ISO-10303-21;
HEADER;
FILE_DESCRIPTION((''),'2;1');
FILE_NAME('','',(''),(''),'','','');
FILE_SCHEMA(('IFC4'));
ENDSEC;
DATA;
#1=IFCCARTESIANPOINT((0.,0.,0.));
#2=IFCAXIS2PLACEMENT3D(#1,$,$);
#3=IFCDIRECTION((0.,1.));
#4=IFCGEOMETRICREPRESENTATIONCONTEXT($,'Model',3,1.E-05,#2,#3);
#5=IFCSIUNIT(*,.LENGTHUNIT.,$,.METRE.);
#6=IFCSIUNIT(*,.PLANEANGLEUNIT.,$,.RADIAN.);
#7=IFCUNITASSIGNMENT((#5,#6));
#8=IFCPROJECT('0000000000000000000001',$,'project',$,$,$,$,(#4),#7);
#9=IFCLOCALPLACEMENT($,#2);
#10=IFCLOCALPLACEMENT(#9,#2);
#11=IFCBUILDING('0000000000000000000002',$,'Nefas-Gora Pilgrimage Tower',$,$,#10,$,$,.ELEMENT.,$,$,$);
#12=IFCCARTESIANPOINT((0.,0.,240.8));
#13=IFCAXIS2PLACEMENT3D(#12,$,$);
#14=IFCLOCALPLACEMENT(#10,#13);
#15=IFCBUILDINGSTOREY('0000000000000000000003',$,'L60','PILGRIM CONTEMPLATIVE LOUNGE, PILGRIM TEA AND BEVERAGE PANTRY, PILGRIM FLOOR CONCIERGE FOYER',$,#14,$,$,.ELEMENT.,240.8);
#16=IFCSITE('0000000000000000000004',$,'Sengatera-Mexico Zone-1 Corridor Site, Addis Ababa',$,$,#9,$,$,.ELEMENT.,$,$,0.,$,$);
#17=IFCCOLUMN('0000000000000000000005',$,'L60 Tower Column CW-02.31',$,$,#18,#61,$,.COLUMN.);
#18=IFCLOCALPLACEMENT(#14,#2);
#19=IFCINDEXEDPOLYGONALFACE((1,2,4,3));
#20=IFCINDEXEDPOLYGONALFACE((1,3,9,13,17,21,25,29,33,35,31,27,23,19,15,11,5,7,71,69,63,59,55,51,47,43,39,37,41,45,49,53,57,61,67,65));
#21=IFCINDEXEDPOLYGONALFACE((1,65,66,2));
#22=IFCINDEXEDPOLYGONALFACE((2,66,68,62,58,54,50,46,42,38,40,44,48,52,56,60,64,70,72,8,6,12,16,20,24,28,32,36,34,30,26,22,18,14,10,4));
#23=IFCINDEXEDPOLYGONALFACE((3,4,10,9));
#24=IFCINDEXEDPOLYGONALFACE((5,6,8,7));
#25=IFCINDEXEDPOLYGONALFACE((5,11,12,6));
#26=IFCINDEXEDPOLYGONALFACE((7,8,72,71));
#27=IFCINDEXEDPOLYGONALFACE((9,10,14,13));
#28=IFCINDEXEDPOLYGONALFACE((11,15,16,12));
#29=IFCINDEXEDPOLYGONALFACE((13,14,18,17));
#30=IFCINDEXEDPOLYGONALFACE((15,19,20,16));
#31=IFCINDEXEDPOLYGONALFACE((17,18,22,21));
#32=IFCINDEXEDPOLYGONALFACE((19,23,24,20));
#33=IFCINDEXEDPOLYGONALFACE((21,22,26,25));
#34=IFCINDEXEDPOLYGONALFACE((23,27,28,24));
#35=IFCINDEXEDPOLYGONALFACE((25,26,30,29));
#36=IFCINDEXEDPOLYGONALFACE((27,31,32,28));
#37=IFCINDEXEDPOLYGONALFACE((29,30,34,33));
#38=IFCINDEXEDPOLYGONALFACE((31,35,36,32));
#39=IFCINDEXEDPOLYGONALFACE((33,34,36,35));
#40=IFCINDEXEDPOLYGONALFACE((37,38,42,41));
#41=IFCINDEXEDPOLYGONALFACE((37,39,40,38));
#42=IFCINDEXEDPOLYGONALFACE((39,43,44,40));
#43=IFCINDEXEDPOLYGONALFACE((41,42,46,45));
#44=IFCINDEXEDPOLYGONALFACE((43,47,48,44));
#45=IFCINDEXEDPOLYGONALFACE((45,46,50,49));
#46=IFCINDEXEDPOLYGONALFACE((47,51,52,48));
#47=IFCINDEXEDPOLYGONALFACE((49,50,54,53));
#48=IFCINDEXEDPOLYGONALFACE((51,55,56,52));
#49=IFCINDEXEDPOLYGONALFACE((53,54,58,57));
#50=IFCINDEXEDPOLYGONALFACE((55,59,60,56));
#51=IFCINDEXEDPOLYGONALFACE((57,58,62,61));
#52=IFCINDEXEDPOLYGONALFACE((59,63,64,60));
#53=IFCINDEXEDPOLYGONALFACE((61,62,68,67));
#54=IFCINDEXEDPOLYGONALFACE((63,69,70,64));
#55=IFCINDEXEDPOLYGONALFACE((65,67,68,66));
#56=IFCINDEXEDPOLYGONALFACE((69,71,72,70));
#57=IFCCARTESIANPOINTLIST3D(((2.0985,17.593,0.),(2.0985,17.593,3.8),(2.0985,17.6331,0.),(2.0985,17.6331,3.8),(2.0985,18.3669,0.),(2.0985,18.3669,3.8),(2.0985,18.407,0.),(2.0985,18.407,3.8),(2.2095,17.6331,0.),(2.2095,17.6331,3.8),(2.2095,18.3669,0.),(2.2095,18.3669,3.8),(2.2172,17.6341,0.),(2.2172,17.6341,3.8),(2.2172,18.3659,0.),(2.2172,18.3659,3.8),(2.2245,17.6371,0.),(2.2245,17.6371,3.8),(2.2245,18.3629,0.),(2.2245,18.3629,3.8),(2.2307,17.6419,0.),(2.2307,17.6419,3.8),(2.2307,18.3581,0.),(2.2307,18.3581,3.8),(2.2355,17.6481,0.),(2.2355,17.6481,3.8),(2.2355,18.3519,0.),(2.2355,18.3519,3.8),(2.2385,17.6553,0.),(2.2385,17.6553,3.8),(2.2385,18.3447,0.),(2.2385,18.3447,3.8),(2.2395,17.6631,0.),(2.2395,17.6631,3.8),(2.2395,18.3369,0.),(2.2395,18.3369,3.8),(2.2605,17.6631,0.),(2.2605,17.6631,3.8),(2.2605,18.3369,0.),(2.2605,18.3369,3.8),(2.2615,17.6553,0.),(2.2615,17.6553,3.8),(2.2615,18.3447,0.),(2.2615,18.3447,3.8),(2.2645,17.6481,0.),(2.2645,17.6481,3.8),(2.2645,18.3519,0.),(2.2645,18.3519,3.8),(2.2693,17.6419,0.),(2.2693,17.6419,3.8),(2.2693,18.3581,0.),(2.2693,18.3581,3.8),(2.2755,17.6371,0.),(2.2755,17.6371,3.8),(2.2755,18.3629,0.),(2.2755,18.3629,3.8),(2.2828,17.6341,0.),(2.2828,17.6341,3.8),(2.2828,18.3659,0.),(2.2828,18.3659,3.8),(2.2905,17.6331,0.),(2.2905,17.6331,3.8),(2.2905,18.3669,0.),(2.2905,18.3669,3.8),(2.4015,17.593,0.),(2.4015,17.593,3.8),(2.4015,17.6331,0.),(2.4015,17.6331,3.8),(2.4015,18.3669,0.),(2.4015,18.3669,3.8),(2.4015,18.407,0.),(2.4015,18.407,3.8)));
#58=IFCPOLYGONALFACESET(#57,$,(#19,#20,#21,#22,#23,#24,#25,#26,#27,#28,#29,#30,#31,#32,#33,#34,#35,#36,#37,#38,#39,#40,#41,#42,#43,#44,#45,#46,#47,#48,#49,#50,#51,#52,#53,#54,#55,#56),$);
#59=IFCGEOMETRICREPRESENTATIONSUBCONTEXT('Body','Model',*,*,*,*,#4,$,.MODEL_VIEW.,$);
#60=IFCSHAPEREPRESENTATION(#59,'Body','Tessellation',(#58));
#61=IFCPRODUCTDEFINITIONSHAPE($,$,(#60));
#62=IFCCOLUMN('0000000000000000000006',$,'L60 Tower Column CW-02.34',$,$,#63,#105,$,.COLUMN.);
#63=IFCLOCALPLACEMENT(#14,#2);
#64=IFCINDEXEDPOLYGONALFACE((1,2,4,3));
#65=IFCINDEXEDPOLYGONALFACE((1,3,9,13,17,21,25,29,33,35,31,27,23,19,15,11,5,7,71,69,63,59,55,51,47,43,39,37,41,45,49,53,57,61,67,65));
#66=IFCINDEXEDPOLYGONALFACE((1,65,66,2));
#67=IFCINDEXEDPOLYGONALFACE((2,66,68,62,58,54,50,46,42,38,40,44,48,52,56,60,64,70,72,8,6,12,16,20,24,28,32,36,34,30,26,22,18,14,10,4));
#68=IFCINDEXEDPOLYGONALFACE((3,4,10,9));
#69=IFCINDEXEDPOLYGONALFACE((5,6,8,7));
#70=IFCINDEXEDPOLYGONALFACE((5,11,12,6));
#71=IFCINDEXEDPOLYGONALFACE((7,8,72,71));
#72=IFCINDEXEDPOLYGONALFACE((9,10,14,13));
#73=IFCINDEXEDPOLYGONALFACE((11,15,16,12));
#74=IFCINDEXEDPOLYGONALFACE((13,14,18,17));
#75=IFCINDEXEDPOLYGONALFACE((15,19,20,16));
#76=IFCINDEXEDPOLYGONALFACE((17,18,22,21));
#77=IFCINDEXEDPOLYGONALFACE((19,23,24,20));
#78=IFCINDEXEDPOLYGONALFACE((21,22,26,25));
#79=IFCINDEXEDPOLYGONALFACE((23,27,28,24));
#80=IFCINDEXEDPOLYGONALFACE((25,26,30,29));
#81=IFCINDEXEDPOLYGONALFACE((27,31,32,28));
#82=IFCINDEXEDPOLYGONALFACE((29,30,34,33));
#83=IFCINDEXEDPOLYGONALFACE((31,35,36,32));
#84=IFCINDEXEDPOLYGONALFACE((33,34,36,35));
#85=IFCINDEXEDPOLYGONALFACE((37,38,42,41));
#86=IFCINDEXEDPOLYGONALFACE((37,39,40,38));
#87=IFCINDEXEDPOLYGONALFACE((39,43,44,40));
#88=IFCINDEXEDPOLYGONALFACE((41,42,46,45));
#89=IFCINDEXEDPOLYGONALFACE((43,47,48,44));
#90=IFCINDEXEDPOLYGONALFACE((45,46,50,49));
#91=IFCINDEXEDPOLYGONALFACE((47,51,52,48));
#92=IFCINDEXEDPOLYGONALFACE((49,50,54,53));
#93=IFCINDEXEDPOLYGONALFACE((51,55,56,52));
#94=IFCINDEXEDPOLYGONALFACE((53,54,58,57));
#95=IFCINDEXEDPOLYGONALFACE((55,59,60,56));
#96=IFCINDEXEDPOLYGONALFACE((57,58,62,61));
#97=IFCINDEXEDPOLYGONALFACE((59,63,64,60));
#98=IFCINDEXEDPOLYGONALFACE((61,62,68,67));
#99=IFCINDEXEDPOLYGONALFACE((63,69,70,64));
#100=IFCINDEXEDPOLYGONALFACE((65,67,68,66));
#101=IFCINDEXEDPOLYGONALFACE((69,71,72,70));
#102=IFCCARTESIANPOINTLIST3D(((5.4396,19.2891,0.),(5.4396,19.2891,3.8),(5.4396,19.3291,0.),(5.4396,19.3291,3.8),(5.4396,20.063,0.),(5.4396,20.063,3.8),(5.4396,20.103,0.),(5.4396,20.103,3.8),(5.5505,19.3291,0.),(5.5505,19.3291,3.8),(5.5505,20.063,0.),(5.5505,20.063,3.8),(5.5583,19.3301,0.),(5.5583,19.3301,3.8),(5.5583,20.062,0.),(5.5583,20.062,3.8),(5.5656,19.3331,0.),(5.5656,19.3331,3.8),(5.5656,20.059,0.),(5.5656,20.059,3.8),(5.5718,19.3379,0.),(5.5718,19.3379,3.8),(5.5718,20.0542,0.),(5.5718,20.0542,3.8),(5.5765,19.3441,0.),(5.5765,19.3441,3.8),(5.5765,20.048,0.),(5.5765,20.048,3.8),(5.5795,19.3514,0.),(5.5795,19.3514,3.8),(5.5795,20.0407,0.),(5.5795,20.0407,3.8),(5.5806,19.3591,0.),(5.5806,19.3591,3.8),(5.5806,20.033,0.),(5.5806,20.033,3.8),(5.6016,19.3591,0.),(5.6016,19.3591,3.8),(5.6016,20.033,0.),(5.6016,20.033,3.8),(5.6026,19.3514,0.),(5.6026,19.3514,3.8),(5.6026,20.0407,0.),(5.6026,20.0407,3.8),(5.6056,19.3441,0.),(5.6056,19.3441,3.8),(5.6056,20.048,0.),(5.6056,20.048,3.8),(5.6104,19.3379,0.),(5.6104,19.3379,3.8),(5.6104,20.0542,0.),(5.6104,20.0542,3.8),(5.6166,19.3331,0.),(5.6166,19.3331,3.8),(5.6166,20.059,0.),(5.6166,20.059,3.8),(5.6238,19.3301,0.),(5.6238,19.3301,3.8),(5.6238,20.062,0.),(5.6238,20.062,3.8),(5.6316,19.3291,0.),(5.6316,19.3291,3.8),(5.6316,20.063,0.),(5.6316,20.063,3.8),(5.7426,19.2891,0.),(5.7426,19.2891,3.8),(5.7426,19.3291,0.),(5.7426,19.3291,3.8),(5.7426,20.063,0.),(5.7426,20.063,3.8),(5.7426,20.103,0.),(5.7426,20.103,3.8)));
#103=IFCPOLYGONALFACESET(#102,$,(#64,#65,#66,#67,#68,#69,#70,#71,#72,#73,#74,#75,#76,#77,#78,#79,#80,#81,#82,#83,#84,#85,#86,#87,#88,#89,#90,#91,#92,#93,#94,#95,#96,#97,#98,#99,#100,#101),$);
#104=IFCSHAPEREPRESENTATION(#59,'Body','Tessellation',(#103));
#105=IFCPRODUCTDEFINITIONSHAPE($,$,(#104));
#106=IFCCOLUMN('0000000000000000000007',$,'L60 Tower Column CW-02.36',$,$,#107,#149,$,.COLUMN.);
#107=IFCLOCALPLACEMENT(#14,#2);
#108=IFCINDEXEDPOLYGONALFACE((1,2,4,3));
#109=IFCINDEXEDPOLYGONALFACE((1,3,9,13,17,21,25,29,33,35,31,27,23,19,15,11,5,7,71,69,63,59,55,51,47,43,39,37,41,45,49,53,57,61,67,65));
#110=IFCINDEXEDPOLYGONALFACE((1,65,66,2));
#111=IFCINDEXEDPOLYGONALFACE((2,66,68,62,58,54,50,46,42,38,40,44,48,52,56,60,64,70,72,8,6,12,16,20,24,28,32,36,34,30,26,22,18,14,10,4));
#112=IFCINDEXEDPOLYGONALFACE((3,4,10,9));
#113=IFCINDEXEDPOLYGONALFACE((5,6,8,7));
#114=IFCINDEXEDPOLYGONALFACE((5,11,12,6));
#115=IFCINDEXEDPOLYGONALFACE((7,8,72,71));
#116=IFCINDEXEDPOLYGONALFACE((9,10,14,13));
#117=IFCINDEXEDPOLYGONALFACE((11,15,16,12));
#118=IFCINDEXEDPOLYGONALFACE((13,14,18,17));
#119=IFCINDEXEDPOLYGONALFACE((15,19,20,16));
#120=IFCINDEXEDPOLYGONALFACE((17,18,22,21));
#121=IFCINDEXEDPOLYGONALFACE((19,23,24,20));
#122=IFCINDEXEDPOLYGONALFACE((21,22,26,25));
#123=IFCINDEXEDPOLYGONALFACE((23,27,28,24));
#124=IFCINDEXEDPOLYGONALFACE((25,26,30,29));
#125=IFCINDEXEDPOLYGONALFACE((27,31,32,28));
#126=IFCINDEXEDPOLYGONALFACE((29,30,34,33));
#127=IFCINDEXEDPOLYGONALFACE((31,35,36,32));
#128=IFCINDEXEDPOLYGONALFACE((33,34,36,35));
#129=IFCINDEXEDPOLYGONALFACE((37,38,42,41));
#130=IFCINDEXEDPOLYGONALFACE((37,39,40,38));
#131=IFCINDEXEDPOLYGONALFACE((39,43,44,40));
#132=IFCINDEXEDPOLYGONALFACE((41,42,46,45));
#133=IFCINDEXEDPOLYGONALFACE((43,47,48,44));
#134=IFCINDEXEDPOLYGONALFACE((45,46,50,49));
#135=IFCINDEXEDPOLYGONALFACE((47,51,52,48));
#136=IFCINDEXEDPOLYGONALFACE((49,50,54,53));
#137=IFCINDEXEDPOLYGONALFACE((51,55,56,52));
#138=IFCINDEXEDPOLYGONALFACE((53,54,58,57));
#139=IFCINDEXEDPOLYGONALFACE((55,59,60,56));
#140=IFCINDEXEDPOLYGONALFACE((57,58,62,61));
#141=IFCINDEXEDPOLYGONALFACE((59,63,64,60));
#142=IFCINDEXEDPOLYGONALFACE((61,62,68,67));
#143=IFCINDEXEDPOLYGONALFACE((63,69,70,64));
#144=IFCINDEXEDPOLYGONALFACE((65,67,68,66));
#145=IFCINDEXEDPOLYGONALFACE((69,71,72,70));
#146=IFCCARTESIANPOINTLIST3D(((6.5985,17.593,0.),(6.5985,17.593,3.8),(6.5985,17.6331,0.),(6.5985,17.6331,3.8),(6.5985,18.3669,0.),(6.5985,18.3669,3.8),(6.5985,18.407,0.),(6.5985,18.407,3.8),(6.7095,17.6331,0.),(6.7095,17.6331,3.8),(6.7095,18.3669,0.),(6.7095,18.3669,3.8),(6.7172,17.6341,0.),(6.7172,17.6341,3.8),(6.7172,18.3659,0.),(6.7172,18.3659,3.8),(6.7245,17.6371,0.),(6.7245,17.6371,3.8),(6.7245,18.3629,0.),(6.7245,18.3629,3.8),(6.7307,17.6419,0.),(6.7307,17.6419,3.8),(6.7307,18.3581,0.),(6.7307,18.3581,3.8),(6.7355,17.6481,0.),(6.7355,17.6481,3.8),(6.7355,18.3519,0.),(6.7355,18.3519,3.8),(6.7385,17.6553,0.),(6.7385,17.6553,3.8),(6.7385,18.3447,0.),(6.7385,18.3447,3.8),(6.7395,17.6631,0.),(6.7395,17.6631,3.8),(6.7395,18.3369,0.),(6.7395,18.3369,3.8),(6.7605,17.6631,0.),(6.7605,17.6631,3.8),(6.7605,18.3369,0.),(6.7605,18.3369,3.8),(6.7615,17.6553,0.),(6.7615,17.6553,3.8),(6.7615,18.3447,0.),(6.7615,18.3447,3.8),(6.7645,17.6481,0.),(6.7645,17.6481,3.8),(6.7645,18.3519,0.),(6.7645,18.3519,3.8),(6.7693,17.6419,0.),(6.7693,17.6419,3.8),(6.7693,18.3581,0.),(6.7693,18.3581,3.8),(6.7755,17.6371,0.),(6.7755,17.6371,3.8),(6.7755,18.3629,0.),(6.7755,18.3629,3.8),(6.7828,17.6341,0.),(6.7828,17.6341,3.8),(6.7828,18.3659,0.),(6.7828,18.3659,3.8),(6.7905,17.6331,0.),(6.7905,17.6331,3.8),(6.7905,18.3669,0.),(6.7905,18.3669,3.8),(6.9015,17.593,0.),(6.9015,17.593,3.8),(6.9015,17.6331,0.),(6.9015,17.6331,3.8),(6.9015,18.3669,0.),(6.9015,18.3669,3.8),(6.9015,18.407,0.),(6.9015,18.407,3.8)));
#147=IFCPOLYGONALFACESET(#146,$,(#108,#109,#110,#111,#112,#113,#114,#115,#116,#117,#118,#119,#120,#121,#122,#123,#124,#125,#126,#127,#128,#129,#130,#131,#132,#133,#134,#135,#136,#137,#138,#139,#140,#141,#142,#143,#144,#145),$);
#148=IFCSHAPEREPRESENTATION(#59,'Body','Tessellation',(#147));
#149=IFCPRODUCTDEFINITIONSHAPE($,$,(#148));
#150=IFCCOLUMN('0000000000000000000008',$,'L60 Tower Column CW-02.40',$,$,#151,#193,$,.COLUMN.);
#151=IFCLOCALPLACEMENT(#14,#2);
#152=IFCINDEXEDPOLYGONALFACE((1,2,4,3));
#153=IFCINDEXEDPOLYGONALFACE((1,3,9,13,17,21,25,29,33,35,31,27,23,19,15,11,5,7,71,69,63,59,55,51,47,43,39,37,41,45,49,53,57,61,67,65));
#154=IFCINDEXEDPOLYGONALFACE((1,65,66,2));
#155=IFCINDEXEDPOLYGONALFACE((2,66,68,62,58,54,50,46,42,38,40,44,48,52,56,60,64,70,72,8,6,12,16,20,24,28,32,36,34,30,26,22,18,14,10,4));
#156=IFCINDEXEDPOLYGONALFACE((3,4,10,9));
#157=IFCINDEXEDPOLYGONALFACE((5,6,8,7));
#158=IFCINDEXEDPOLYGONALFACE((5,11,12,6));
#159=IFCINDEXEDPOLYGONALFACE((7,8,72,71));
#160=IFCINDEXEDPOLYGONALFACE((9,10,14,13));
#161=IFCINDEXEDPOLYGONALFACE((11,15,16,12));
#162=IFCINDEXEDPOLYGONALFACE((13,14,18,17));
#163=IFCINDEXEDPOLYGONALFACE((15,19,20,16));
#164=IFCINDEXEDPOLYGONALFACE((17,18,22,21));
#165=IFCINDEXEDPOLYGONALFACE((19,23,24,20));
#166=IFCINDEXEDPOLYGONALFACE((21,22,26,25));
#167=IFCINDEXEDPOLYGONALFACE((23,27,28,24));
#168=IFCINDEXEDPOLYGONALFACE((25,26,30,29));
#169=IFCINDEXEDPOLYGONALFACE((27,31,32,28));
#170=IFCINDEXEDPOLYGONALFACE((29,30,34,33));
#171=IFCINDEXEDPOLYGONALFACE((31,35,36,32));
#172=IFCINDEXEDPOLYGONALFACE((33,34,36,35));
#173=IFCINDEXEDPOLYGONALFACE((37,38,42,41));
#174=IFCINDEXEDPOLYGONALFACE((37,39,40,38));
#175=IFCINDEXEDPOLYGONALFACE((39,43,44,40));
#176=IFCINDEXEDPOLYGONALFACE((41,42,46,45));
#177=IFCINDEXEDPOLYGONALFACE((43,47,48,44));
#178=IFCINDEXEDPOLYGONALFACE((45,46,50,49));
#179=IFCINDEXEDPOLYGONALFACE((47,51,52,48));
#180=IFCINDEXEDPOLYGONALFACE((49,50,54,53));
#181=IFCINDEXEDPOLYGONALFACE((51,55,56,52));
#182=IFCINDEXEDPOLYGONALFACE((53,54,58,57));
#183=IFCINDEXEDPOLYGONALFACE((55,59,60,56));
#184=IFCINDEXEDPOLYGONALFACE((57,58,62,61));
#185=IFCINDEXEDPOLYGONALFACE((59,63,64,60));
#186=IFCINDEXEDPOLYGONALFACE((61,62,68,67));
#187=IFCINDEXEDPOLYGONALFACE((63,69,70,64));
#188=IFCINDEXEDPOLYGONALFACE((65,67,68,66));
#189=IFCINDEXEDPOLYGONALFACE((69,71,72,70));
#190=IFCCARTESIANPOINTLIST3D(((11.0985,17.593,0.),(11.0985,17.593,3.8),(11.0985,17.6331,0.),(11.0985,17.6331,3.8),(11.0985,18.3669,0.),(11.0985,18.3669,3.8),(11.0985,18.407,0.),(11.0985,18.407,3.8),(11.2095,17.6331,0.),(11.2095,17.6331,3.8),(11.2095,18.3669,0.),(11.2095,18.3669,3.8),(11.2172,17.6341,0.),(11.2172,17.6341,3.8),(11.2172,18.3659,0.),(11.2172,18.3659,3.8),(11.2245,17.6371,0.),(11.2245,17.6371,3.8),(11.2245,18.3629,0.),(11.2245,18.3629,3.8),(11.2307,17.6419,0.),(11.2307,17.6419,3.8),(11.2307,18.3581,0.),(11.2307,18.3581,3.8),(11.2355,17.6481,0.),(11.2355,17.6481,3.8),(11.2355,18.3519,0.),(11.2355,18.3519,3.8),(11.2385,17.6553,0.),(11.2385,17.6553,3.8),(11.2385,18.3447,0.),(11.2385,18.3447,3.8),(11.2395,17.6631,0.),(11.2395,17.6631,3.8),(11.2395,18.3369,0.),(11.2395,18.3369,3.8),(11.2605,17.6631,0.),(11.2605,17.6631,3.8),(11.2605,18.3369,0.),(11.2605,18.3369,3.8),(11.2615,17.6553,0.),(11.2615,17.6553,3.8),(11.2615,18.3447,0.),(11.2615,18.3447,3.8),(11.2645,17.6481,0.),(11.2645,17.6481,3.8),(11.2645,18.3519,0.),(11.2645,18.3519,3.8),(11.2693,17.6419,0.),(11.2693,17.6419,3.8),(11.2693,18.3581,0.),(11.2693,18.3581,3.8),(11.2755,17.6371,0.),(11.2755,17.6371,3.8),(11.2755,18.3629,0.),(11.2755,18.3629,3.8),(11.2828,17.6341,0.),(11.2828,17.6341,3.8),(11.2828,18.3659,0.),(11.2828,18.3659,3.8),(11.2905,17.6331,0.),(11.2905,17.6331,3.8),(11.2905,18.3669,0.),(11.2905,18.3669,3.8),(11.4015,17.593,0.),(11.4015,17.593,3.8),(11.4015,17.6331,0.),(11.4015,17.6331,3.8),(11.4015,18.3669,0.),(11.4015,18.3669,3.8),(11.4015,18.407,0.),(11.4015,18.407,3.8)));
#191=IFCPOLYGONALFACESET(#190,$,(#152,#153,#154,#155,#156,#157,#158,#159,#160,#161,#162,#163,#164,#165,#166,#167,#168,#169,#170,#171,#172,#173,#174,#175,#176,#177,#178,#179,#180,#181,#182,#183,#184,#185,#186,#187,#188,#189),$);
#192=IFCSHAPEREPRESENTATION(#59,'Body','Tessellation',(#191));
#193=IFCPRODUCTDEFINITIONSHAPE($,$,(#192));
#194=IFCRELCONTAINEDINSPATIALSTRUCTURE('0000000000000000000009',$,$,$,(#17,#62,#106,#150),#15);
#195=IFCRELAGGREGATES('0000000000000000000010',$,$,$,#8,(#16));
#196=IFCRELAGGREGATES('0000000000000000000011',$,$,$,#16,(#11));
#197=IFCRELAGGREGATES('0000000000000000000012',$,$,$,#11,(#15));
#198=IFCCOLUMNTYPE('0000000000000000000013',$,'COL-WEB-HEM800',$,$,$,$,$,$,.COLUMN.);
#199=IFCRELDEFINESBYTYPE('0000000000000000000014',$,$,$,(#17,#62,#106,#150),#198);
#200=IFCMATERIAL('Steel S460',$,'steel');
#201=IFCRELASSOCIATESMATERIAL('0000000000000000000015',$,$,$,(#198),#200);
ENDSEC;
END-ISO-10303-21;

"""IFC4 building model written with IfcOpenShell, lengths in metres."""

from ifc_helpers import new_model, si_unit, direction, frame, origin, origin_2d, place, context, subcontext, project, spatial, i_section, extrude, source, transform, mapped, material, material_profile, profile_set, type_object, element, save


model = new_model("IFC4")

# Units and contexts
model_context = context("Model", 3, precision=1e-05, world=origin(), true_north=direction((0.0, 1.0)))
body_context = subcontext(model_context, "Body", "Model", "MODEL_VIEW")
ifc_project = project(units=[si_unit("LENGTHUNIT", "METRE"), si_unit("PLANEANGLEUNIT", "RADIAN")], contexts=[model_context])

# Site, building, storey
site_placement = place(None, origin())
site = spatial("IfcSite", under=ifc_project, at=site_placement, Name="Sengatera-Mexico Zone-1 Corridor Site, Addis Ababa", CompositionType="ELEMENT", RefElevation=0.0)
building_placement = place(site_placement, origin())
building = spatial("IfcBuilding", under=site, at=building_placement, Name="Nefas-Gora Pilgrimage Tower", CompositionType="ELEMENT")
storey_placement = place(building_placement, frame((0.0, 0.0, 240.8)))
storey = spatial("IfcBuildingStorey", under=building, at=storey_placement, Name="L60", Description="PILGRIM CONTEMPLATIVE LOUNGE, PILGRIM TEA AND BEVERAGE PANTRY, PILGRIM FLOOR CONCIERGE FOYER", CompositionType="ELEMENT", Elevation=240.8)

# Columns
ifc_material_1 = material(Name="Steel S460", Category="steel")
ifc_material_profile_1 = material_profile(ifc_material_1, i_section(OverallWidth=0.303, OverallDepth=0.814, WebThickness=0.021, FlangeThickness=0.04, FilletRadius=0.03, at=origin_2d()), Name="HEM 800")
ifc_profile_set_1 = profile_set([ifc_material_profile_1], Name="Steel S460")
column_type_1 = type_object("IfcColumnType", Name="COL-WEB-HEM800", PredefinedType="COLUMN", material=ifc_profile_set_1)
shared_shape_1 = source(origin(), body_context, "Body", "SweptSolid", [
    extrude(i_section(OverallWidth=0.303, OverallDepth=0.814, WebThickness=0.021, FlangeThickness=0.04, FilletRadius=0.03, at=origin_2d()), origin(), (0.0, 0.0, 1.0), 3.8),
])
for number, where, z_axis, x_axis, name in (
    (1, (2.25, 18.0, 0.0), (0.0, 0.0, 1.0), (1.0, 0.0, 0.0), "L60 Tower Column CW-02.31"),
    (2, (5.5911, 19.696, 0.0), (0.0, 0.0, 1.0), (1.0, 0.0, 0.0), "L60 Tower Column CW-02.34"),
    (3, (6.75, 18.0, 0.0), (0.0, 0.0, 1.0), (1.0, 0.0, 0.0), "L60 Tower Column CW-02.36"),
    (4, (11.25, 18.0, 0.0), (0.0, 0.0, 1.0), (1.0, 0.0, 0.0), "L60 Tower Column CW-02.40"),
):
    element("IfcColumn", number, at=place(storey_placement, frame(where, z_axis=z_axis, x_axis=x_axis)), inside=storey, type_object=column_type_1, Name=name, PredefinedType="COLUMN", context=body_context, shape_type="MappedRepresentation", body=[
        mapped(shared_shape_1, transform((0.0, 0.0, 0.0), x_axis=(1.0, 0.0, 0.0), y_axis=(0.0, 1.0, 0.0), z_axis=(0.0, 0.0, 1.0), scale=1.0)),
    ])

save(model, "model.ifc")
